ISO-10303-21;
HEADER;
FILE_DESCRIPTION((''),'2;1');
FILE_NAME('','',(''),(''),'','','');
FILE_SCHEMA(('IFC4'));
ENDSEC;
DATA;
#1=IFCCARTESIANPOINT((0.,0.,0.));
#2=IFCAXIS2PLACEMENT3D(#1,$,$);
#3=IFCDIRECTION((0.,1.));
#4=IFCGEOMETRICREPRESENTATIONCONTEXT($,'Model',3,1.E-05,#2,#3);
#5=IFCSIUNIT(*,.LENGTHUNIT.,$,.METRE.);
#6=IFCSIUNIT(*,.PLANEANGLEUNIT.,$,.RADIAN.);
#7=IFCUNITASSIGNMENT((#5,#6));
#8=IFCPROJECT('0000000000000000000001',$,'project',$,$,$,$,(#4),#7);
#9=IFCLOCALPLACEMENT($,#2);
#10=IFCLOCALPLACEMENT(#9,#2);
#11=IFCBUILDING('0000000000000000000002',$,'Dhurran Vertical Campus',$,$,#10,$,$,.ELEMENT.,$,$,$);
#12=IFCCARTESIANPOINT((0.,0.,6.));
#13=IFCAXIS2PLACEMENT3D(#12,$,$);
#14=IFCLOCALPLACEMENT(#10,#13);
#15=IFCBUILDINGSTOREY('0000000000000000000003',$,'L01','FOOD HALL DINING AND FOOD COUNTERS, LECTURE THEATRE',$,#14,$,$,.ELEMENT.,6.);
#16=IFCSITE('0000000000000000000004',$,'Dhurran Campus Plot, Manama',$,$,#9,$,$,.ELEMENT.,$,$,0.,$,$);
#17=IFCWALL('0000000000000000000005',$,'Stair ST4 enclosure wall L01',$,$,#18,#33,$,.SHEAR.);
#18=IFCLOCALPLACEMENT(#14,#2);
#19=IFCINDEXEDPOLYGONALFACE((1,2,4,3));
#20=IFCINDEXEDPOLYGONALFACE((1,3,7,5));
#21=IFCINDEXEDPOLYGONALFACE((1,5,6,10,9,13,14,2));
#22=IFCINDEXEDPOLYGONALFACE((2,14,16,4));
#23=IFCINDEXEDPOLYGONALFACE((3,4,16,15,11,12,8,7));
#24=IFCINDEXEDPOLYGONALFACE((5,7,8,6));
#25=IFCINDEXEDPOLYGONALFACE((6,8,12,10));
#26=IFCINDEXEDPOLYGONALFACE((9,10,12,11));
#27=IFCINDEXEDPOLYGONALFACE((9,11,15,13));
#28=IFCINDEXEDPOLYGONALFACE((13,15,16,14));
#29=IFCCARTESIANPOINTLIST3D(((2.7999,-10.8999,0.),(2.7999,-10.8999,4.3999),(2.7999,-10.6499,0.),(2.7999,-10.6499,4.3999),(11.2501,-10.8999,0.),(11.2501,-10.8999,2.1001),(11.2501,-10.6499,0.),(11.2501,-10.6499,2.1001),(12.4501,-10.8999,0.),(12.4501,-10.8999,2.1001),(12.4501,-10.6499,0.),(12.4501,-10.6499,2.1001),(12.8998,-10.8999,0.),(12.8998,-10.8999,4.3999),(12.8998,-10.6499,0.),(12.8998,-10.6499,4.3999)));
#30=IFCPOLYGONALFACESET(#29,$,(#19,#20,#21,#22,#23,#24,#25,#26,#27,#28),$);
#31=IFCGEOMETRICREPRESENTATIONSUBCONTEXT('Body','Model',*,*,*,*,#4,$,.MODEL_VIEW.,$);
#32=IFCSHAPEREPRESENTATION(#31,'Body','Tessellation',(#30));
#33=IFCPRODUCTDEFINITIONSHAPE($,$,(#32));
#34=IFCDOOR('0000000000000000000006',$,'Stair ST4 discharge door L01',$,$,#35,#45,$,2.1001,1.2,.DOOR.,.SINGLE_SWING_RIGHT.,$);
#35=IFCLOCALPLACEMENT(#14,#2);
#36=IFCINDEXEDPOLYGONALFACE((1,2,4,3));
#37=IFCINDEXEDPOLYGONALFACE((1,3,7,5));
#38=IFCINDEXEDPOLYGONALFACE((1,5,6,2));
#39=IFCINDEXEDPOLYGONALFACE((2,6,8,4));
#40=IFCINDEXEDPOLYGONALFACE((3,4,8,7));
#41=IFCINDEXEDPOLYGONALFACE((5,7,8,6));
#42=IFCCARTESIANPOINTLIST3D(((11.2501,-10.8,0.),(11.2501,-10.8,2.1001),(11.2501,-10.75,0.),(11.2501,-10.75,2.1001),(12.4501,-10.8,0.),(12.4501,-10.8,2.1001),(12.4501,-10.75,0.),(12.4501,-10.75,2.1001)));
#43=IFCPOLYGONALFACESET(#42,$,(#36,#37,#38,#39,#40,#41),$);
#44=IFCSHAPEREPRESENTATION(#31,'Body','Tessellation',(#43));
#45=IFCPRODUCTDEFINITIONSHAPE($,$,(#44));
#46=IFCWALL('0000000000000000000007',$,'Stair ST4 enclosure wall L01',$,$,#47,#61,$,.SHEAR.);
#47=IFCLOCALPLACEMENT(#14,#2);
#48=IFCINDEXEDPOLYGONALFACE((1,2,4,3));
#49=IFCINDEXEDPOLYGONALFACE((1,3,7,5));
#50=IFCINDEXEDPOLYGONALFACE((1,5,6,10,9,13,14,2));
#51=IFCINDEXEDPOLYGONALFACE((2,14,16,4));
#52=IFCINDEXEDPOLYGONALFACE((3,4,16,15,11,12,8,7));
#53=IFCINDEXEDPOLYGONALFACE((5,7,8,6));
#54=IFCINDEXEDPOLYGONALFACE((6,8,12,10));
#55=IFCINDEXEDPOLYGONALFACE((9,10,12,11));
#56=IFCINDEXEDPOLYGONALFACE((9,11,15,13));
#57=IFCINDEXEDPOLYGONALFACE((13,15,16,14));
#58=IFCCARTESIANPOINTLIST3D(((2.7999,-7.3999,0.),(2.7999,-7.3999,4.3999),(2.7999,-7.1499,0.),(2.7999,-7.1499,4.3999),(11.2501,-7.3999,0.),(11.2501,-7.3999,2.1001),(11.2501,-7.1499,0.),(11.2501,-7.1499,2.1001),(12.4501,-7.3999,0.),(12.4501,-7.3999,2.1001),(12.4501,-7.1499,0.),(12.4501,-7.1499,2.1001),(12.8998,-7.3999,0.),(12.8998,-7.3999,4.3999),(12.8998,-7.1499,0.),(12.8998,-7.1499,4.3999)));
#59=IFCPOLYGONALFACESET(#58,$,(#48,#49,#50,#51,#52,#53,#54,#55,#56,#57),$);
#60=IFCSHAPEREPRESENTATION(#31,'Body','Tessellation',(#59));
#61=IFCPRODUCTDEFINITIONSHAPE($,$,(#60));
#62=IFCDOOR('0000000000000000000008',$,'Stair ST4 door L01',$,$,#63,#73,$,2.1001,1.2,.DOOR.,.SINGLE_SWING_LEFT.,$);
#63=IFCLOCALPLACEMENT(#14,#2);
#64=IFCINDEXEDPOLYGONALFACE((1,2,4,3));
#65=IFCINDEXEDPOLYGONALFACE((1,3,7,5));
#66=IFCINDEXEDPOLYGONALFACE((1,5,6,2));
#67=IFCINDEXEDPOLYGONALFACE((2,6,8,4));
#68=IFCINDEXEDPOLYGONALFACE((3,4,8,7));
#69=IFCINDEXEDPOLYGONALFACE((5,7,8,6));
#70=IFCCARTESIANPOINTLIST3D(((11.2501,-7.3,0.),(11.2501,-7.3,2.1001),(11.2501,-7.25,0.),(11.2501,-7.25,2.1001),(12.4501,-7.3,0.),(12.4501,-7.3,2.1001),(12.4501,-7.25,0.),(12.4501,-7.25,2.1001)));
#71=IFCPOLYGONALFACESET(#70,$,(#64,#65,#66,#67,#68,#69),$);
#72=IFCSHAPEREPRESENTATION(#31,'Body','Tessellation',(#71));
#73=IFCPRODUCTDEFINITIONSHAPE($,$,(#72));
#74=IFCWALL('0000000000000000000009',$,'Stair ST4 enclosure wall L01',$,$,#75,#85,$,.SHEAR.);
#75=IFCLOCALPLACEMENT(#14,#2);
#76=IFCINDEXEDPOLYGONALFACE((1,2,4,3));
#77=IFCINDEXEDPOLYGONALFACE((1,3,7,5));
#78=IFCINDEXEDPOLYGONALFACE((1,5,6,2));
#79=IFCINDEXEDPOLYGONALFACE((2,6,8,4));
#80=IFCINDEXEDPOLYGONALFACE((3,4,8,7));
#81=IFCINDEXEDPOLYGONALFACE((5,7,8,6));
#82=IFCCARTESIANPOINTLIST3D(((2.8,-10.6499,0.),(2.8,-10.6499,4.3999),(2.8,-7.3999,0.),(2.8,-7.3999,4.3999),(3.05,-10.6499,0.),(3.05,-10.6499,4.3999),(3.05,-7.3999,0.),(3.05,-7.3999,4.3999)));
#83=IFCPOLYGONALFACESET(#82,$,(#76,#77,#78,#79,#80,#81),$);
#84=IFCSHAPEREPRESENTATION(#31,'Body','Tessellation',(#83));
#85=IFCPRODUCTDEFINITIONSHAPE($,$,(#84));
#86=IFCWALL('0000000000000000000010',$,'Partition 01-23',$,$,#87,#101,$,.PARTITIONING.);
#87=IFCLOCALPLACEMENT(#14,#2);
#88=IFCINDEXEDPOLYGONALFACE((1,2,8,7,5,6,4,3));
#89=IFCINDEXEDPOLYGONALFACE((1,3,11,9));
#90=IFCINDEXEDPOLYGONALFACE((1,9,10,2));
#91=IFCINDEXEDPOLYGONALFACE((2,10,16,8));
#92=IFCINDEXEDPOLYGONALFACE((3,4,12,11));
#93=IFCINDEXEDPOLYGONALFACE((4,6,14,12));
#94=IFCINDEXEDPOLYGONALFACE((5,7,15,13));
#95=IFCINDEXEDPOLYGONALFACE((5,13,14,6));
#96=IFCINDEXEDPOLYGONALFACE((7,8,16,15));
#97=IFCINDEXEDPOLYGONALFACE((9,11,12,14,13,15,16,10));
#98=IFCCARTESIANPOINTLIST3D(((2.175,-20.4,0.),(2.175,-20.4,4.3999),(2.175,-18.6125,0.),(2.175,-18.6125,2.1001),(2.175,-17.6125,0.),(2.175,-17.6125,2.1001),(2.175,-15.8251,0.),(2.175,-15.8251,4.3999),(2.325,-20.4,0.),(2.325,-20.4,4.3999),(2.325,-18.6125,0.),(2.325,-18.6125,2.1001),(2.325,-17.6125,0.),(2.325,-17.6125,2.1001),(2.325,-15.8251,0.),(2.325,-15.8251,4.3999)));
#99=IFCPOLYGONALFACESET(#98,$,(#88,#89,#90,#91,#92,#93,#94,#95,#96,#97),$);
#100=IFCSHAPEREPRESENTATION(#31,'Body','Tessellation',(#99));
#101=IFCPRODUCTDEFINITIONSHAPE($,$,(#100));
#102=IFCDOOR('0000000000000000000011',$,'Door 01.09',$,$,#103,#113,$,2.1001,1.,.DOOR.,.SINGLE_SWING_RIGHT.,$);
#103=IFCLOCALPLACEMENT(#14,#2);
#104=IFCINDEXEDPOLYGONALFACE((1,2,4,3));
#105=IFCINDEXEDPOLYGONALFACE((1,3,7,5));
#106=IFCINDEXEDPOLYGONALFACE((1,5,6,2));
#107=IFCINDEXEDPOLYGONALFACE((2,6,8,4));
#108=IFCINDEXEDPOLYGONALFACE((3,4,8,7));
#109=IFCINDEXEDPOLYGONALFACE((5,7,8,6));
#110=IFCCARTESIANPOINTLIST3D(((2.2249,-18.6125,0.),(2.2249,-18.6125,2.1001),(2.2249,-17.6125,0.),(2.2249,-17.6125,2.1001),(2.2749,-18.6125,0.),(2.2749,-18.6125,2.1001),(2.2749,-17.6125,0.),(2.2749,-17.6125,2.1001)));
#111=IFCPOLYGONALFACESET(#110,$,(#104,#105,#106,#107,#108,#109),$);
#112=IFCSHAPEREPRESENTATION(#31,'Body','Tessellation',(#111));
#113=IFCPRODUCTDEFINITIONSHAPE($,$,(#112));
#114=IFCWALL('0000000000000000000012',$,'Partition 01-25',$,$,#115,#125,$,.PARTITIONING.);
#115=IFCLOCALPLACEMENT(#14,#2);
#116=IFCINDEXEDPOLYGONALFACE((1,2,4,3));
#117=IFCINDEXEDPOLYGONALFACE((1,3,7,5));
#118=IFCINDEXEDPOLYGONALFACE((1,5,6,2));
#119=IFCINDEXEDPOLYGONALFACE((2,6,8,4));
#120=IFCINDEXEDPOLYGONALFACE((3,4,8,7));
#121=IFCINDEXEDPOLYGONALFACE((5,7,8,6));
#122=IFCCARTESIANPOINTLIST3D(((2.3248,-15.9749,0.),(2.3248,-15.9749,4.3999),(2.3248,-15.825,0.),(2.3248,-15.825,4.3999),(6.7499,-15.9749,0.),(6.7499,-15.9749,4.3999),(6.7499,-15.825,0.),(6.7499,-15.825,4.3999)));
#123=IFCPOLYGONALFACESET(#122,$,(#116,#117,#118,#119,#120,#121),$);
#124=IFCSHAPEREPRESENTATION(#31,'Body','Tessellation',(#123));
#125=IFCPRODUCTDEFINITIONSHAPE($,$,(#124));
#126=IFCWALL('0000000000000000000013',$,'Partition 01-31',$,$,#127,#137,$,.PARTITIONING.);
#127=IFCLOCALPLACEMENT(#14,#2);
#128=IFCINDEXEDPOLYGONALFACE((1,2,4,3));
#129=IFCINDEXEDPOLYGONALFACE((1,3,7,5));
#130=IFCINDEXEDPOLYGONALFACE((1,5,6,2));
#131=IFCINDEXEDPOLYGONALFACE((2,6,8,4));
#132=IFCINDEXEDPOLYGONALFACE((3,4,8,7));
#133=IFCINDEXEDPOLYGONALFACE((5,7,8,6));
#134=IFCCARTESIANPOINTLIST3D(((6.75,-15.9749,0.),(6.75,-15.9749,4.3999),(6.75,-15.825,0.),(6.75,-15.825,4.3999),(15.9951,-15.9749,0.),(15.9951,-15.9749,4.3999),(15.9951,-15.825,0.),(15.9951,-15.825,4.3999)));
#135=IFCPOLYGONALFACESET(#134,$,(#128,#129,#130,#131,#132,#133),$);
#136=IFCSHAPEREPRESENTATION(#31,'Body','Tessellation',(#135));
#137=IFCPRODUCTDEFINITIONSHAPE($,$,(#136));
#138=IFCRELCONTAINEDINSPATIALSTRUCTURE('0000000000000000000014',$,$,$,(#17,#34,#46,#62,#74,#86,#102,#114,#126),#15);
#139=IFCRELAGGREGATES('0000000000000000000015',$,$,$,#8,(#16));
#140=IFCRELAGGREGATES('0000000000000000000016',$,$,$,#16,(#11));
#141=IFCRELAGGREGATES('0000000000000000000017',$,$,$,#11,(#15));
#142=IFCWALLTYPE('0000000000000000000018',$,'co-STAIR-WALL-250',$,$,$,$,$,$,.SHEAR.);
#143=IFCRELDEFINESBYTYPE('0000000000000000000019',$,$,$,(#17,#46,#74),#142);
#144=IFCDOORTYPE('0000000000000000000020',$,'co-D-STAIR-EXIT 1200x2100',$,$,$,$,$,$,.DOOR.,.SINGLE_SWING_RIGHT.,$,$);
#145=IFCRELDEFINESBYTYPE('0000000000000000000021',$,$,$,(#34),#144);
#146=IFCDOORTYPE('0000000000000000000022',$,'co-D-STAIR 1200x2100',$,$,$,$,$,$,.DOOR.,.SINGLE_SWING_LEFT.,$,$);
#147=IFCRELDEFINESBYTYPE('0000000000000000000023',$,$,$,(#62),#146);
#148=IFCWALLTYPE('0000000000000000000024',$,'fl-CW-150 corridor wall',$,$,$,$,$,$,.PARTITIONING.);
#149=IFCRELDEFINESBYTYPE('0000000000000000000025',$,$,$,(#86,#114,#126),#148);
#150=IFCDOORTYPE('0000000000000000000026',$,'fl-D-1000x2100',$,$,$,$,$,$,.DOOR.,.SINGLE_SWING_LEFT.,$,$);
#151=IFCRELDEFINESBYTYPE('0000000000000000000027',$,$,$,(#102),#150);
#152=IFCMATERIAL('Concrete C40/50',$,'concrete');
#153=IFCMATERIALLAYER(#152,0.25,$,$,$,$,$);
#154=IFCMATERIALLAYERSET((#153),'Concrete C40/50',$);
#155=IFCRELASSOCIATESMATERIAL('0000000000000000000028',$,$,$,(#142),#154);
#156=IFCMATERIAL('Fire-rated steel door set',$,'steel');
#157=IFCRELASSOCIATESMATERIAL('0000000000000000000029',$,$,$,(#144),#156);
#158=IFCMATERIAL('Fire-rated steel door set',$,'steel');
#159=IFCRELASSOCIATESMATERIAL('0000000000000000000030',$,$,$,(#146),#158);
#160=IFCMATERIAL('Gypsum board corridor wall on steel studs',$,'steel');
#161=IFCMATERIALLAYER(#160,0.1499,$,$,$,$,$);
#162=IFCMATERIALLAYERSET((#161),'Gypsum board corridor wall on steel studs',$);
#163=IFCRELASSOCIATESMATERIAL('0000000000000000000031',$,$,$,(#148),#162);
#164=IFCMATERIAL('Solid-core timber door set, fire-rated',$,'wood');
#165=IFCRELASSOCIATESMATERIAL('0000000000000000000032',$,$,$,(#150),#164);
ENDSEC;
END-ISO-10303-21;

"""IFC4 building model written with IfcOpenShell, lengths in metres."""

from ifc_helpers import new_model, si_unit, direction, frame, frame_2d, origin, place, context, subcontext, project, spatial, rectangle, extrude, material, layer, layer_set, type_object, element, fill, save


model = new_model("IFC4")

# Units and contexts
model_context = context("Model", 3, precision=1e-05, world=origin(), true_north=direction((0.0, 1.0)))
body_context = subcontext(model_context, "Body", "Model", "MODEL_VIEW")
ifc_project = project(units=[si_unit("LENGTHUNIT", "METRE"), si_unit("PLANEANGLEUNIT", "RADIAN")], contexts=[model_context])

# Site, building, storey
site_placement = place(None, origin())
site = spatial("IfcSite", under=ifc_project, at=site_placement, Name="Dhurran Campus Plot, Manama", CompositionType="ELEMENT", RefElevation=0.0)
building_placement = place(site_placement, origin())
building = spatial("IfcBuilding", under=site, at=building_placement, Name="Dhurran Vertical Campus", CompositionType="ELEMENT")
storey_placement = place(building_placement, frame((0.0, 0.0, 6.0)))
storey = spatial("IfcBuildingStorey", under=building, at=storey_placement, Name="L01", Description="FOOD HALL DINING AND FOOD COUNTERS, LECTURE THEATRE", CompositionType="ELEMENT", Elevation=6.0)

# Shared definitions
ifc_material_1 = material(Name="Concrete C40/50", Category="concrete")
ifc_layer_1 = layer(ifc_material_1, 0.25)
ifc_layer_set_1 = layer_set([ifc_layer_1], Name="Concrete C40/50")
wall_type_1 = type_object("IfcWallType", Name="co-STAIR-WALL-250", PredefinedType="SHEAR", material=ifc_layer_set_1)

# Walls, openings, doors
wall_1_placement = place(storey_placement, frame((2.8, -10.7749, 0.0), z_axis=(0.0, 0.0, 1.0), x_axis=(1.0, 0.0, 0.0)))
wall_1 = element("IfcWall", 1, at=wall_1_placement, inside=storey, type_object=wall_type_1, Name="Stair ST4 enclosure wall L01", PredefinedType="SHEAR", context=body_context, shape_type="SweptSolid", body=[
    extrude(rectangle(XDim=10.0999, YDim=0.25, at=frame_2d((5.0498, 0.0))), origin(), (0.0, 0.0, 1.0), 4.3999),
])
opening_1_placement = place(wall_1_placement, frame((8.45, 0.0, 0.0)))
opening_1 = element("IfcOpeningElement", 2, at=opening_1_placement, cuts=wall_1, PredefinedType="OPENING", context=body_context, shape_type="SweptSolid", body=[
    extrude(rectangle(XDim=1.2, YDim=2.1001, at=frame_2d((0.6001, 1.05))), frame((0.0, 0.135, 0.0), z_axis=(0.0, -1.0, 0.0), x_axis=(1.0, 0.0, 0.0)), (0.0, 0.0, 1.0), 0.27),
])
ifc_material_2 = material(Name="Fire-rated steel door set", Category="steel")
door_type_1 = type_object("IfcDoorType", Name="co-D-STAIR-EXIT 1200x2100", OperationType="SINGLE_SWING_RIGHT", PredefinedType="DOOR", material=ifc_material_2)
door_1_placement = place(opening_1_placement, origin())
door_1 = element("IfcDoor", 3, at=door_1_placement, inside=storey, type_object=door_type_1, Name="Stair ST4 discharge door L01", OperationType="SINGLE_SWING_RIGHT", OverallHeight=2.1001, OverallWidth=1.2, PredefinedType="DOOR", context=body_context, shape_type="SweptSolid", body=[
    extrude(rectangle(XDim=1.2, YDim=2.1001, at=frame_2d((0.6001, 1.05))), frame((0.0, 0.0249, 0.0), z_axis=(0.0, -1.0, 0.0), x_axis=(1.0, 0.0, 0.0)), (0.0, 0.0, 1.0), 0.05),
])
fill(opening_1, door_1)
wall_2_placement = place(storey_placement, frame((2.8, -7.2749, 0.0), z_axis=(0.0, 0.0, 1.0), x_axis=(1.0, 0.0, 0.0)))
wall_2 = element("IfcWall", 4, at=wall_2_placement, inside=storey, type_object=wall_type_1, Name="Stair ST4 enclosure wall L01", PredefinedType="SHEAR", context=body_context, shape_type="SweptSolid", body=[
    extrude(rectangle(XDim=10.0999, YDim=0.25, at=frame_2d((5.0498, 0.0))), origin(), (0.0, 0.0, 1.0), 4.3999),
])
opening_2_placement = place(wall_2_placement, frame((8.45, 0.0, 0.0)))
opening_2 = element("IfcOpeningElement", 5, at=opening_2_placement, cuts=wall_2, PredefinedType="OPENING", context=body_context, shape_type="SweptSolid", body=[
    extrude(rectangle(XDim=1.2, YDim=2.1001, at=frame_2d((0.6001, 1.05))), frame((0.0, 0.135, 0.0), z_axis=(0.0, -1.0, 0.0), x_axis=(1.0, 0.0, 0.0)), (0.0, 0.0, 1.0), 0.27),
])
ifc_material_3 = material(Name="Fire-rated steel door set", Category="steel")
door_type_2 = type_object("IfcDoorType", Name="co-D-STAIR 1200x2100", OperationType="SINGLE_SWING_LEFT", PredefinedType="DOOR", material=ifc_material_3)
door_2_placement = place(opening_2_placement, origin())
door_2 = element("IfcDoor", 6, at=door_2_placement, inside=storey, type_object=door_type_2, Name="Stair ST4 door L01", OperationType="SINGLE_SWING_LEFT", OverallHeight=2.1001, OverallWidth=1.2, PredefinedType="DOOR", context=body_context, shape_type="SweptSolid", body=[
    extrude(rectangle(XDim=1.2, YDim=2.1001, at=frame_2d((0.6001, 1.05))), frame((0.0, 0.0249, 0.0), z_axis=(0.0, -1.0, 0.0), x_axis=(1.0, 0.0, 0.0)), (0.0, 0.0, 1.0), 0.05),
])
fill(opening_2, door_2)

# Wall
wall_3_placement = place(storey_placement, frame((2.925, -10.6499, 0.0), z_axis=(0.0, 0.0, 1.0), x_axis=(0.0, 1.0, 0.0)))
element("IfcWall", 7, at=wall_3_placement, inside=storey, type_object=wall_type_1, Name="Stair ST4 enclosure wall L01", PredefinedType="SHEAR", context=body_context, shape_type="SweptSolid", body=[
    extrude(rectangle(XDim=3.25, YDim=0.25, at=frame_2d((1.625, 0.0))), origin(), (0.0, 0.0, 1.0), 4.3999),
])

# Wall, opening, door
ifc_material_4 = material(Name="Gypsum board corridor wall on steel studs", Category="steel")
ifc_layer_2 = layer(ifc_material_4, 0.1499)
ifc_layer_set_2 = layer_set([ifc_layer_2], Name="Gypsum board corridor wall on steel studs")
wall_type_2 = type_object("IfcWallType", Name="fl-CW-150 corridor wall", PredefinedType="PARTITIONING", material=ifc_layer_set_2)
wall_4_placement = place(storey_placement, frame((2.25, -15.825, 0.0), z_axis=(0.0, 0.0, 1.0), x_axis=(0.0, -1.0, 0.0)))
wall_4 = element("IfcWall", 8, at=wall_4_placement, inside=storey, type_object=wall_type_2, Name="Partition 01-23", PredefinedType="PARTITIONING", context=body_context, shape_type="SweptSolid", body=[
    extrude(rectangle(XDim=4.575, YDim=0.1499, at=frame_2d((2.2876, 0.0))), origin(), (0.0, 0.0, 1.0), 4.3999),
])
opening_3_placement = place(wall_4_placement, frame((1.7876, 0.0, 0.0)))
opening_3 = element("IfcOpeningElement", 9, at=opening_3_placement, cuts=wall_4, PredefinedType="OPENING", context=body_context, shape_type="SweptSolid", body=[
    extrude(rectangle(XDim=1.0, YDim=2.1001, at=frame_2d((0.5, 1.05))), frame((0.0, 0.085, 0.0), z_axis=(0.0, -1.0, 0.0), x_axis=(1.0, 0.0, 0.0)), (0.0, 0.0, 1.0), 0.1699),
])
ifc_material_5 = material(Name="Solid-core timber door set, fire-rated", Category="wood")
door_type_3 = type_object("IfcDoorType", Name="fl-D-1000x2100", OperationType="SINGLE_SWING_LEFT", PredefinedType="DOOR", material=ifc_material_5)
door_3_placement = place(opening_3_placement, origin())
door_3 = element("IfcDoor", 10, at=door_3_placement, inside=storey, type_object=door_type_3, Name="Door 01.09", OperationType="SINGLE_SWING_RIGHT", OverallHeight=2.1001, OverallWidth=1.0, PredefinedType="DOOR", context=body_context, shape_type="SweptSolid", body=[
    extrude(rectangle(XDim=1.0, YDim=2.1001, at=frame_2d((0.5, 1.05))), frame((0.0, 0.0249, 0.0), z_axis=(0.0, -1.0, 0.0), x_axis=(1.0, 0.0, 0.0)), (0.0, 0.0, 1.0), 0.05),
])
fill(opening_3, door_3)

# Walls
wall_5_placement = place(storey_placement, frame((2.325, -15.8999, 0.0), z_axis=(0.0, 0.0, 1.0), x_axis=(1.0, 0.0, 0.0)))
element("IfcWall", 11, at=wall_5_placement, inside=storey, type_object=wall_type_2, Name="Partition 01-25", PredefinedType="PARTITIONING", context=body_context, shape_type="SweptSolid", body=[
    extrude(rectangle(XDim=4.425, YDim=0.1499, at=frame_2d((2.2124, 0.0))), origin(), (0.0, 0.0, 1.0), 4.3999),
])
wall_6_placement = place(storey_placement, frame((6.75, -15.8999, 0.0), z_axis=(0.0, 0.0, 1.0), x_axis=(1.0, 0.0, 0.0)))
element("IfcWall", 12, at=wall_6_placement, inside=storey, type_object=wall_type_2, Name="Partition 01-31", PredefinedType="PARTITIONING", context=body_context, shape_type="SweptSolid", body=[
    extrude(rectangle(XDim=9.2451, YDim=0.1499, at=frame_2d((4.6226, 0.0))), origin(), (0.0, 0.0, 1.0), 4.3999),
])

save(model, "model.ifc")
